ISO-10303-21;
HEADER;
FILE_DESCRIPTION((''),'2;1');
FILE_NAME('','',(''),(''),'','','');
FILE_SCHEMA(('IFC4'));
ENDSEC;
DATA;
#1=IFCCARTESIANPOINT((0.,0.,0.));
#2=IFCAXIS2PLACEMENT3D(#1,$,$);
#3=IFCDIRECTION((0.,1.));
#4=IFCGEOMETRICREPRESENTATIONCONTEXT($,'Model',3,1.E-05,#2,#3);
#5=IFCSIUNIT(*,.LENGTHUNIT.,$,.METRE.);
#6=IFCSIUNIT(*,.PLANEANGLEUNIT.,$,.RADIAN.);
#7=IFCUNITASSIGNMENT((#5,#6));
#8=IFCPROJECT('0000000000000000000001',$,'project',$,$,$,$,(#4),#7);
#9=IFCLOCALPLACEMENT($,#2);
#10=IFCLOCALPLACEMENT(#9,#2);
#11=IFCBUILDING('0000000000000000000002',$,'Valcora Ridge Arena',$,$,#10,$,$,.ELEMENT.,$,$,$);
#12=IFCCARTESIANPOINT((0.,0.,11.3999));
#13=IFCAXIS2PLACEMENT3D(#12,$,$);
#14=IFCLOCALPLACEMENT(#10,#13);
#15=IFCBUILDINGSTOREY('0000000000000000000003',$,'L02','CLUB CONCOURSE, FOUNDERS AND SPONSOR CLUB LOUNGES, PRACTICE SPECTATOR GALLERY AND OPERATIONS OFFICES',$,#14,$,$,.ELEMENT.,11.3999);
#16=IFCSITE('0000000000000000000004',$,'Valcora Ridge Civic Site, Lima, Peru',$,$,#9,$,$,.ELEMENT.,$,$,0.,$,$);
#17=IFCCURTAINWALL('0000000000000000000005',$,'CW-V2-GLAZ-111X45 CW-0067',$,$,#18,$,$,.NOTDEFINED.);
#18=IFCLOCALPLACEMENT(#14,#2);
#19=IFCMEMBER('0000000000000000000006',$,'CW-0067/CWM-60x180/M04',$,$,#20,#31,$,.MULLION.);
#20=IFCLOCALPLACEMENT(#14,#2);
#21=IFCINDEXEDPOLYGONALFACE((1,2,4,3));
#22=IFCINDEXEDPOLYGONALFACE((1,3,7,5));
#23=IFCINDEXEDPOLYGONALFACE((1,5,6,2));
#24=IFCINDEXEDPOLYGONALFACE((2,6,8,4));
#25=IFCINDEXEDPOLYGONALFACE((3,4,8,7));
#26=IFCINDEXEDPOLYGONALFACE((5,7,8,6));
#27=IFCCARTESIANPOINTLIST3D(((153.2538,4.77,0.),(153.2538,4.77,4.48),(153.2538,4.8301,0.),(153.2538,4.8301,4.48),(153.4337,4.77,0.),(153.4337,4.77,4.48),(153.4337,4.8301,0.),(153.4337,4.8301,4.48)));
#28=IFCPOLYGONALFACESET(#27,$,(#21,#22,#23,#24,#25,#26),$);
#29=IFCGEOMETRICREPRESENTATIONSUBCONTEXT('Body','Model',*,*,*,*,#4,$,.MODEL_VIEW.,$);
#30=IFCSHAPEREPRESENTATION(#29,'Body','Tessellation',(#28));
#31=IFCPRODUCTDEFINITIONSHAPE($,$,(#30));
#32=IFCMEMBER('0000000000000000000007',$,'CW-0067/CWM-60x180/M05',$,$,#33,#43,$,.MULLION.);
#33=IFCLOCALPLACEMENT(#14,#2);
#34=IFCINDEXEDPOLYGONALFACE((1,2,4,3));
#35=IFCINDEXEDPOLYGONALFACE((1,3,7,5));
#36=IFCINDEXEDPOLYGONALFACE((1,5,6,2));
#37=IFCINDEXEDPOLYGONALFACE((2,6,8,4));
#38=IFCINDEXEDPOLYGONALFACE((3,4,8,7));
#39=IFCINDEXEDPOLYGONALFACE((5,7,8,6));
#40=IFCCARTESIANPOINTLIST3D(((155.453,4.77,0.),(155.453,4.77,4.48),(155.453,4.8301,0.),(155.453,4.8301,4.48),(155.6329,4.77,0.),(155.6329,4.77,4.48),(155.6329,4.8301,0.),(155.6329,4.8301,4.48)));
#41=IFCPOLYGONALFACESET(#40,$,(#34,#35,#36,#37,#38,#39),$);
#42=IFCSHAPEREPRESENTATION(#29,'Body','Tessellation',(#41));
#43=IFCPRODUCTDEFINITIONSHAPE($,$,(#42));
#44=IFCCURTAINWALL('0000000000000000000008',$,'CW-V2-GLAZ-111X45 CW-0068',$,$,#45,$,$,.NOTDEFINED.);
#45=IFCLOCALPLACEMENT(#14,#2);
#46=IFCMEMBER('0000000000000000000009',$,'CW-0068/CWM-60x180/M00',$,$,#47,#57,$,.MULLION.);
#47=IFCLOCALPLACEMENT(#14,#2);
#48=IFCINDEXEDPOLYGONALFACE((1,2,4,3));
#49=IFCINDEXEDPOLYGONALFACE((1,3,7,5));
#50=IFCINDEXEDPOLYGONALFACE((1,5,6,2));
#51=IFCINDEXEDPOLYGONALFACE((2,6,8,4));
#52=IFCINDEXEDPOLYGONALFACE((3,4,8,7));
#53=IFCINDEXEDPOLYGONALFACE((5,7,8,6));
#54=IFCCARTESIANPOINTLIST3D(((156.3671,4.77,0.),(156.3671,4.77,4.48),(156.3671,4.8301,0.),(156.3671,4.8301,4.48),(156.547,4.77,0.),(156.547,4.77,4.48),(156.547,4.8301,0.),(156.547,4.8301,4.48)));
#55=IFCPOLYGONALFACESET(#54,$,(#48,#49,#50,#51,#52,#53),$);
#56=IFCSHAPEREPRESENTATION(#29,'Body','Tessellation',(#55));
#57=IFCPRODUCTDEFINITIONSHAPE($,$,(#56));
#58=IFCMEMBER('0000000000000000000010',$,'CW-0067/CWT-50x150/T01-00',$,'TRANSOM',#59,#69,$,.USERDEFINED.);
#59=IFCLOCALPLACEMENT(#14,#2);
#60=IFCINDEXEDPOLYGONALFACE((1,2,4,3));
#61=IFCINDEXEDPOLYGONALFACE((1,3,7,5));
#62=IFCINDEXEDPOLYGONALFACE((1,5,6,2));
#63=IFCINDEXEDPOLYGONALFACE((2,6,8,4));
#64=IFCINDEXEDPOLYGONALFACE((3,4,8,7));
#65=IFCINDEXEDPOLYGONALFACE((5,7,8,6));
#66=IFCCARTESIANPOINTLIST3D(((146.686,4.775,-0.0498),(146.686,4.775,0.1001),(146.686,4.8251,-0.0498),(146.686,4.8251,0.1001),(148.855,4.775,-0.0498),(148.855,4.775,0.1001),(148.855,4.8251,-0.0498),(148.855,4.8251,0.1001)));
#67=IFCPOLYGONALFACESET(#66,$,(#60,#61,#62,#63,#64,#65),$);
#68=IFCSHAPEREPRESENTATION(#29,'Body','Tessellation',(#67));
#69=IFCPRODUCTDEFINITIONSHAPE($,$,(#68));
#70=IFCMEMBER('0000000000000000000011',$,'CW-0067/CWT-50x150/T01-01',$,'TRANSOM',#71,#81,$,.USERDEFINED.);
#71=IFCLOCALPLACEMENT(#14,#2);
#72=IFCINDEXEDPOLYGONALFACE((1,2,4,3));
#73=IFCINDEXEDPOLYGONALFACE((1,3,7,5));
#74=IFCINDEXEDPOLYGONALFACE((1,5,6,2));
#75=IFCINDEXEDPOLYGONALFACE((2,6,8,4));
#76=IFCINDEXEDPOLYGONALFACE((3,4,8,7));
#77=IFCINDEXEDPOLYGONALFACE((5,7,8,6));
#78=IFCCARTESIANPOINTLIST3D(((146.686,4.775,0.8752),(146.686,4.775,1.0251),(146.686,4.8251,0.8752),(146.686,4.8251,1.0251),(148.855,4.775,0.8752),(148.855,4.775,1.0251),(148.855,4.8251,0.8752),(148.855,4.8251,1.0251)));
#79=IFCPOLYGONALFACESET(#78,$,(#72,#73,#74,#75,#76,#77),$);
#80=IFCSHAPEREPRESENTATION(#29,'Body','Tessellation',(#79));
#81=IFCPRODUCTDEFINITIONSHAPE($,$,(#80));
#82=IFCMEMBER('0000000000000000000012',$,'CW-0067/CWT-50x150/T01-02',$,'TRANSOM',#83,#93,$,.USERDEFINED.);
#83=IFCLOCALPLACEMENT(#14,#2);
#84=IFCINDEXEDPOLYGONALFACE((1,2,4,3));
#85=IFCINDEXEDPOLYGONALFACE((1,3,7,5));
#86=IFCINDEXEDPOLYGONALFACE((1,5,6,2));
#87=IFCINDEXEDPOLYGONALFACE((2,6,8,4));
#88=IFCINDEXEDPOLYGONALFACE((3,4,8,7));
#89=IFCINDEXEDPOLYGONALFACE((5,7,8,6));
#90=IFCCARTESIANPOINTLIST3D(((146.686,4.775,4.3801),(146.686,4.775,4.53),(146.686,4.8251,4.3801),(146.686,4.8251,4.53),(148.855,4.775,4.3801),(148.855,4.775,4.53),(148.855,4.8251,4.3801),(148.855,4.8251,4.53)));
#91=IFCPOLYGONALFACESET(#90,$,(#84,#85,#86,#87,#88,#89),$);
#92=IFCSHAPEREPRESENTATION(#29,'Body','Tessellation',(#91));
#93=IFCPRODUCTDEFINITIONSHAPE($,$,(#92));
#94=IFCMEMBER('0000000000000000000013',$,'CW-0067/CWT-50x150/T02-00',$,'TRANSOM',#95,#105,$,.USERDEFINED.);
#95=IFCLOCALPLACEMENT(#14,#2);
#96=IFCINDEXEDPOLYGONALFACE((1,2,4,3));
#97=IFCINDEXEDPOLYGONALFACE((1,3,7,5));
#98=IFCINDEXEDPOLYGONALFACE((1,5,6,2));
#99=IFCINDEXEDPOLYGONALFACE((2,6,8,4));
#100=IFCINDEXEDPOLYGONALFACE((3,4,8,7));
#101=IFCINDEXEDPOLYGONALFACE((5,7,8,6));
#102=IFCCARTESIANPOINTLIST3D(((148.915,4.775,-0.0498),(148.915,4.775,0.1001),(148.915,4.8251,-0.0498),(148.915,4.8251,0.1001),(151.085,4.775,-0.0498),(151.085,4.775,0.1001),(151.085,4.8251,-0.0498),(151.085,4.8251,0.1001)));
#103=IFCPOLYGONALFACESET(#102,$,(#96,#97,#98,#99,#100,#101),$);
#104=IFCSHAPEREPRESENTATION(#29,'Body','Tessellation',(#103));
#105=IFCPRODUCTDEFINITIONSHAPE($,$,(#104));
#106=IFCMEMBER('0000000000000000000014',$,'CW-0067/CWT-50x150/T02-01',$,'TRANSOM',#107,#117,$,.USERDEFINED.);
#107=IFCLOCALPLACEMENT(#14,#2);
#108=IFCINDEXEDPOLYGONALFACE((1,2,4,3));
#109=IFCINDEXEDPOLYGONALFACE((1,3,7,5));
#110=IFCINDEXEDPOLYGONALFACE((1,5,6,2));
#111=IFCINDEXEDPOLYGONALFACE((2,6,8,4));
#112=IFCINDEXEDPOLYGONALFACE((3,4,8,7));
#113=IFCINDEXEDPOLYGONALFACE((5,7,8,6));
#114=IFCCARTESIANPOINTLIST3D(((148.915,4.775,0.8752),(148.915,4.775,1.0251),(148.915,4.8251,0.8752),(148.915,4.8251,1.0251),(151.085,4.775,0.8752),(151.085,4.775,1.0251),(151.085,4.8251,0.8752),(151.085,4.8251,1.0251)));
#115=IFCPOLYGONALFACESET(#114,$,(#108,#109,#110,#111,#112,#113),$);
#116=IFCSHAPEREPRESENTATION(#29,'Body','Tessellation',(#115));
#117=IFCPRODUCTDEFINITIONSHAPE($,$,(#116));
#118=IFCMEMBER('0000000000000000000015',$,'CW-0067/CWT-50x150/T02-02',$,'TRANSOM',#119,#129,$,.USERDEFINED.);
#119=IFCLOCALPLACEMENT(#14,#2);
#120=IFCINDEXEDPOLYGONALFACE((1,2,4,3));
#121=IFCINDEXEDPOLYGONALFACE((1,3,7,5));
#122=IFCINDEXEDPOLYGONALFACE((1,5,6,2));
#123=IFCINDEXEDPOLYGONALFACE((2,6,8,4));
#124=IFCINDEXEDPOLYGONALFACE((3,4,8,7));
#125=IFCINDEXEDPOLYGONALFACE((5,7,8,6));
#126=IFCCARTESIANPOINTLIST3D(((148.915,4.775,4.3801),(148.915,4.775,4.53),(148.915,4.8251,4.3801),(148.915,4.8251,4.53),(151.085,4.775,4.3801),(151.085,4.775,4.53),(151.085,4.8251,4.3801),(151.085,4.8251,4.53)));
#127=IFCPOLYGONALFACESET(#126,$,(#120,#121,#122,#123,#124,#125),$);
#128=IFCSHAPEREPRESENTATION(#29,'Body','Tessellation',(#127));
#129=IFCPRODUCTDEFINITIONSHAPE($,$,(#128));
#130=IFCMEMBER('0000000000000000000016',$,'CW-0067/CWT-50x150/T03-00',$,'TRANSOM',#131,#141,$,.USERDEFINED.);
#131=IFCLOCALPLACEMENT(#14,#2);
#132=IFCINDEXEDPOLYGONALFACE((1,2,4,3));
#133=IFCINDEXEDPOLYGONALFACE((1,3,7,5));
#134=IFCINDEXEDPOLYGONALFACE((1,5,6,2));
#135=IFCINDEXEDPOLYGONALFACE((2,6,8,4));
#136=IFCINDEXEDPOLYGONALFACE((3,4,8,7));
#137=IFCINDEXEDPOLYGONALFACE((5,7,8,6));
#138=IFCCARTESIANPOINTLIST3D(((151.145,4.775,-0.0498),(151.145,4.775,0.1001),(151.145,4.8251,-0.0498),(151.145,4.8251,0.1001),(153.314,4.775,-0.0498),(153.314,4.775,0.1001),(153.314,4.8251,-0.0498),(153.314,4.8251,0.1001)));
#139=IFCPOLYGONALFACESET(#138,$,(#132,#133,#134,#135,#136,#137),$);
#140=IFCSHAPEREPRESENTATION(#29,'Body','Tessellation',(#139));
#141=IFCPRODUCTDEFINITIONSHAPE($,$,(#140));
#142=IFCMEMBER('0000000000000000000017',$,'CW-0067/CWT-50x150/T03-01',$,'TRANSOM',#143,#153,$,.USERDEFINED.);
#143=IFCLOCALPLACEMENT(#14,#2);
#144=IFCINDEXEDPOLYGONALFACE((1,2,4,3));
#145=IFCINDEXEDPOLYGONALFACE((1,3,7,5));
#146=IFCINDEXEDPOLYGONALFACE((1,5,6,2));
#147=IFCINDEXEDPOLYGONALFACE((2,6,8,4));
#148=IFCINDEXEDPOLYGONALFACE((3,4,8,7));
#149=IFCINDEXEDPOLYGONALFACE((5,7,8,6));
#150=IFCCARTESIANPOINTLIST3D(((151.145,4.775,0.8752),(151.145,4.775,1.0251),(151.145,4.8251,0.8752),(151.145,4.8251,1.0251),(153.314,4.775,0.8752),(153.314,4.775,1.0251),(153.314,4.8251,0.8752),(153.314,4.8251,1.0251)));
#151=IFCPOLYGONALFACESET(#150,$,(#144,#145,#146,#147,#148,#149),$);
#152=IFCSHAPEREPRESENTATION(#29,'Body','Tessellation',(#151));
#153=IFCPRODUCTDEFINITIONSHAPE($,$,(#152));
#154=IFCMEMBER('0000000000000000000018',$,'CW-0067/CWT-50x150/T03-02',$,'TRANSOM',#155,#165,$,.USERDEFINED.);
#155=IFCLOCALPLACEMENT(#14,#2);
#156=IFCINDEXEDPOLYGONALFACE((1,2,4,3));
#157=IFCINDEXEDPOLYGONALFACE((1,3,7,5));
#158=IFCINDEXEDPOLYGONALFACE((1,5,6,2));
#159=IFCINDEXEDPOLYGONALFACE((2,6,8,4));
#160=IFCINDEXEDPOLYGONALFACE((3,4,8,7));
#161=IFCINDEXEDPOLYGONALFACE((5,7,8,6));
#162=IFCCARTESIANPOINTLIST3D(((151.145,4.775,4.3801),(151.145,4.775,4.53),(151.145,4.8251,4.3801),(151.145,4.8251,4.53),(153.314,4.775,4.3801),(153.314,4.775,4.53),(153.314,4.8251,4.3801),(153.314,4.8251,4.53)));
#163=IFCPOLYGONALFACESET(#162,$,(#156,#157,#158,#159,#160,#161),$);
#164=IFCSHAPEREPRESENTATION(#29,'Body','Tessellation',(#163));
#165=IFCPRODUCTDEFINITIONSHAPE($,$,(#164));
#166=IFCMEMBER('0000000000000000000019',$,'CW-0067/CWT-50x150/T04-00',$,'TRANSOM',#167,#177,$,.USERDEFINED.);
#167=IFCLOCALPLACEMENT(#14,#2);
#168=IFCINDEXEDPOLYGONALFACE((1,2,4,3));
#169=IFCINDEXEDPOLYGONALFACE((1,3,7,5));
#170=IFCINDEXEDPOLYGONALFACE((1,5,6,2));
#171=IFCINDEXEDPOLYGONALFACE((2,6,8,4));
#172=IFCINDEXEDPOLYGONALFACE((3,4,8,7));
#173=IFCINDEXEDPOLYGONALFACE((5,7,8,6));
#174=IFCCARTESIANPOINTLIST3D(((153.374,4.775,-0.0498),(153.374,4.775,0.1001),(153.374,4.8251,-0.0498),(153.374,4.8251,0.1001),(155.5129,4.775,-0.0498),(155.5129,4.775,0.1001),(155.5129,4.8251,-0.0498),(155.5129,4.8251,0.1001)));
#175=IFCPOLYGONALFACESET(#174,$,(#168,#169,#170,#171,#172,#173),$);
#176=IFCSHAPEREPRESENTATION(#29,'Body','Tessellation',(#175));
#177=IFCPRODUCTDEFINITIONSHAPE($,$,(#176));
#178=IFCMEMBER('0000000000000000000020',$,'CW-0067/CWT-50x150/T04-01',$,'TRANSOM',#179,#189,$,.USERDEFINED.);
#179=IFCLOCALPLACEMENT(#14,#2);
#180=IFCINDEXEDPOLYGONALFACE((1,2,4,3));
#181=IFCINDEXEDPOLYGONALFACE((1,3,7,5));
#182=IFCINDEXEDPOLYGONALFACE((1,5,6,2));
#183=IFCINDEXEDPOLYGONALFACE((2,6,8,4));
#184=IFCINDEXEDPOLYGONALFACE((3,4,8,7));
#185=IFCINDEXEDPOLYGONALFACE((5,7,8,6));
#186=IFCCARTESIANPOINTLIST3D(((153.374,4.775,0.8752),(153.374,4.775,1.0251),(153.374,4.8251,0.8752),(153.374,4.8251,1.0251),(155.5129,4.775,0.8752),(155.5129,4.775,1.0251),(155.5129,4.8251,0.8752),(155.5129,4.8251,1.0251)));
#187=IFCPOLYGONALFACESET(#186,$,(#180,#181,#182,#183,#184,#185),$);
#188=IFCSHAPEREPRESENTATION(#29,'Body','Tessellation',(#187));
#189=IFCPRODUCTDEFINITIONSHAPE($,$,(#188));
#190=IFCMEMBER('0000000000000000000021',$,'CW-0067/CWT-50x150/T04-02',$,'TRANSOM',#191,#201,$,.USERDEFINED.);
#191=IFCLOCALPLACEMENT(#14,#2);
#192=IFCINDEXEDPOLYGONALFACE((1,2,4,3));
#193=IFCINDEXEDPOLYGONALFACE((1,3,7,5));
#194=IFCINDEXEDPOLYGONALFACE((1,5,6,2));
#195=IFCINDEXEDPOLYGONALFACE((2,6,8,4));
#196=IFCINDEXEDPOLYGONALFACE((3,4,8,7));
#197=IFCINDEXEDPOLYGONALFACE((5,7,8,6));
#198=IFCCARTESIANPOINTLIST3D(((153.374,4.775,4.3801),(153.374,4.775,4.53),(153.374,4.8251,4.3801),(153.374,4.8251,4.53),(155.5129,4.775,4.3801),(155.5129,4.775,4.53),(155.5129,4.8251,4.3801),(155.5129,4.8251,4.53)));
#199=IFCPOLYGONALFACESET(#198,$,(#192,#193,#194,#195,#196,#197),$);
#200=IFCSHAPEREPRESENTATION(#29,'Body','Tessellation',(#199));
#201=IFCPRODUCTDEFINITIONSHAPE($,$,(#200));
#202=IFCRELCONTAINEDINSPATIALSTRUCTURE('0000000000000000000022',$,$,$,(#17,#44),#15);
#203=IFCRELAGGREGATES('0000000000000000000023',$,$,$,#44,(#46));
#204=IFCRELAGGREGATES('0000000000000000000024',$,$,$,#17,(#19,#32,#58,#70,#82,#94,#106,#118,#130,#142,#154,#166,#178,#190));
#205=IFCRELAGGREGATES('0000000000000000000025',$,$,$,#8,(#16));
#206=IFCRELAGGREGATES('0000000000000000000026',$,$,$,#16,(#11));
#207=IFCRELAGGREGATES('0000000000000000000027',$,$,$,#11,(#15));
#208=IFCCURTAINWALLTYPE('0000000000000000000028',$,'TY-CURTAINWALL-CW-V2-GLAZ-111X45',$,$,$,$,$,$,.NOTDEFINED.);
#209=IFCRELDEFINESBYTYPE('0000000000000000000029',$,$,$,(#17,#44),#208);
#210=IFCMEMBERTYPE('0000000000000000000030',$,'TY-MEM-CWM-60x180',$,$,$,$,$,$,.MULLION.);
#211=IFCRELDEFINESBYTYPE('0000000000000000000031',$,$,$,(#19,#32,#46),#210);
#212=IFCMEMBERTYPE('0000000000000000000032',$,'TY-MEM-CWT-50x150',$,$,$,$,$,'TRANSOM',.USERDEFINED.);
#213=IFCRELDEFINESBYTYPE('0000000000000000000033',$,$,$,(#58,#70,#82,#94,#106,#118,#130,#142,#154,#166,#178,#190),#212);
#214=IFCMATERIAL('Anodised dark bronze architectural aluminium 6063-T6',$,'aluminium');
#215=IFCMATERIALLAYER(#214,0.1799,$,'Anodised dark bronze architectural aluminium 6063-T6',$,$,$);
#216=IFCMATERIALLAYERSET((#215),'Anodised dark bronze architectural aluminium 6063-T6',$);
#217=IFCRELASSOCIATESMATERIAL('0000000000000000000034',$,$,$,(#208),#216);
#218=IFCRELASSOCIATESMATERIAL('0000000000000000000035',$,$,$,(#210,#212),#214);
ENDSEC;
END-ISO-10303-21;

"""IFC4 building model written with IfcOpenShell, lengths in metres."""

from ifc_helpers import new_model, si_unit, direction, frame, origin, origin_2d, place, context, subcontext, project, spatial, rectangle, extrude, material, layer, layer_set, material_profile, profile_set, type_object, element, aggregate, save


model = new_model("IFC4")

# Units and contexts
model_context = context("Model", 3, precision=1e-05, world=origin(), true_north=direction((0.0, 1.0)))
body_context = subcontext(model_context, "Body", "Model", "MODEL_VIEW")
ifc_project = project(units=[si_unit("LENGTHUNIT", "METRE"), si_unit("PLANEANGLEUNIT", "RADIAN")], contexts=[model_context])

# Site, building, storey
site_placement = place(None, origin())
site = spatial("IfcSite", under=ifc_project, at=site_placement, Name="Valcora Ridge Civic Site, Lima, Peru", CompositionType="ELEMENT", RefElevation=0.0)
building_placement = place(site_placement, origin())
building = spatial("IfcBuilding", under=site, at=building_placement, Name="Valcora Ridge Arena", CompositionType="ELEMENT")
storey_placement = place(building_placement, frame((0.0, 0.0, 11.3999)))
storey = spatial("IfcBuildingStorey", under=building, at=storey_placement, Name="L02", Description="CLUB CONCOURSE, FOUNDERS AND SPONSOR CLUB LOUNGES, PRACTICE SPECTATOR GALLERY AND OPERATIONS OFFICES", CompositionType="ELEMENT", Elevation=11.3999)

# Curtain wall, members
ifc_material_1 = material(Name="Anodised dark bronze architectural aluminium 6063-T6", Category="aluminium")
ifc_layer_1 = layer(ifc_material_1, 0.1799, Name="Anodised dark bronze architectural aluminium 6063-T6")
ifc_layer_set_1 = layer_set([ifc_layer_1], Name="Anodised dark bronze architectural aluminium 6063-T6")
curtain_wall_type = type_object("IfcCurtainWallType", Name="TY-CURTAINWALL-CW-V2-GLAZ-111X45", PredefinedType="NOTDEFINED", material=ifc_layer_set_1)
curtain_wall_1_placement = place(storey_placement, origin())
curtain_wall_1 = element("IfcCurtainWall", 1, at=curtain_wall_1_placement, inside=storey, type_object=curtain_wall_type, Name="CW-V2-GLAZ-111X45 CW-0067", PredefinedType="NOTDEFINED")
ifc_material_profile_1 = material_profile(ifc_material_1, rectangle(XDim=0.0601, YDim=0.1799, at=origin_2d()), Name="ALU MULLION 60x180")
ifc_profile_set_1 = profile_set([ifc_material_profile_1], Name="Anodised dark bronze architectural aluminium 6063-T6")
member_type_1 = type_object("IfcMemberType", Name="TY-MEM-CWM-60x180", PredefinedType="MULLION", material=ifc_profile_set_1)
member_1_placement = place(storey_placement, frame((153.3438, 4.8, 0.0), z_axis=(0.0, 0.0, 1.0), x_axis=(0.0, 1.0, 0.0)))
member_1 = element("IfcMember", 2, at=member_1_placement, type_object=member_type_1, Name="CW-0067/CWM-60x180/M04", PredefinedType="MULLION", context=body_context, shape_type="SweptSolid", body=[
    extrude(rectangle(XDim=0.0601, YDim=0.1799, at=origin_2d()), origin(), (0.0, 0.0, 1.0), 4.48),
])
member_2_placement = place(storey_placement, frame((155.543, 4.8, 0.0), z_axis=(0.0, 0.0, 1.0), x_axis=(0.0, 1.0, 0.0)))
member_2 = element("IfcMember", 3, at=member_2_placement, type_object=member_type_1, Name="CW-0067/CWM-60x180/M05", PredefinedType="MULLION", context=body_context, shape_type="SweptSolid", body=[
    extrude(rectangle(XDim=0.0601, YDim=0.1799, at=origin_2d()), origin(), (0.0, 0.0, 1.0), 4.48),
])

# Curtain wall, member
curtain_wall_2_placement = place(storey_placement, origin())
curtain_wall_2 = element("IfcCurtainWall", 4, at=curtain_wall_2_placement, inside=storey, type_object=curtain_wall_type, Name="CW-V2-GLAZ-111X45 CW-0068", PredefinedType="NOTDEFINED")
member_3_placement = place(storey_placement, frame((156.457, 4.8, 0.0), z_axis=(0.0, 0.0, 1.0), x_axis=(0.0, 1.0, 0.0)))
member_3 = element("IfcMember", 5, at=member_3_placement, type_object=member_type_1, Name="CW-0068/CWM-60x180/M00", PredefinedType="MULLION", context=body_context, shape_type="SweptSolid", body=[
    extrude(rectangle(XDim=0.0601, YDim=0.1799, at=origin_2d()), origin(), (0.0, 0.0, 1.0), 4.48),
])

# Members
ifc_material_profile_2 = material_profile(ifc_material_1, rectangle(XDim=0.05, YDim=0.1499, at=origin_2d()), Name="ALU TRANSOM 50x150")
ifc_profile_set_2 = profile_set([ifc_material_profile_2], Name="Anodised dark bronze architectural aluminium 6063-T6")
member_type_2 = type_object("IfcMemberType", Name="TY-MEM-CWT-50x150", ElementType="TRANSOM", PredefinedType="USERDEFINED", material=ifc_profile_set_2)
member_4_placement = place(storey_placement, frame((146.686, 4.8, 0.0251), z_axis=(1.0, 0.0, 0.0), x_axis=(0.0, 1.0, 0.0)))
member_4 = element("IfcMember", 6, at=member_4_placement, type_object=member_type_2, Name="CW-0067/CWT-50x150/T01-00", ObjectType="TRANSOM", PredefinedType="USERDEFINED", context=body_context, shape_type="SweptSolid", body=[
    extrude(rectangle(XDim=0.05, YDim=0.1499, at=origin_2d()), origin(), (0.0, 0.0, 1.0), 2.1689),
])
member_5_placement = place(storey_placement, frame((146.686, 4.8, 0.9502), z_axis=(1.0, 0.0, 0.0), x_axis=(0.0, 1.0, 0.0)))
member_5 = element("IfcMember", 7, at=member_5_placement, type_object=member_type_2, Name="CW-0067/CWT-50x150/T01-01", ObjectType="TRANSOM", PredefinedType="USERDEFINED", context=body_context, shape_type="SweptSolid", body=[
    extrude(rectangle(XDim=0.05, YDim=0.1499, at=origin_2d()), origin(), (0.0, 0.0, 1.0), 2.1689),
])
member_6_placement = place(storey_placement, frame((146.686, 4.8, 4.4551), z_axis=(1.0, 0.0, 0.0), x_axis=(0.0, 1.0, 0.0)))
member_6 = element("IfcMember", 8, at=member_6_placement, type_object=member_type_2, Name="CW-0067/CWT-50x150/T01-02", ObjectType="TRANSOM", PredefinedType="USERDEFINED", context=body_context, shape_type="SweptSolid", body=[
    extrude(rectangle(XDim=0.05, YDim=0.1499, at=origin_2d()), origin(), (0.0, 0.0, 1.0), 2.1689),
])
member_7_placement = place(storey_placement, frame((148.915, 4.8, 0.0251), z_axis=(1.0, 0.0, 0.0), x_axis=(0.0, 1.0, 0.0)))
member_7 = element("IfcMember", 9, at=member_7_placement, type_object=member_type_2, Name="CW-0067/CWT-50x150/T02-00", ObjectType="TRANSOM", PredefinedType="USERDEFINED", context=body_context, shape_type="SweptSolid", body=[
    extrude(rectangle(XDim=0.05, YDim=0.1499, at=origin_2d()), origin(), (0.0, 0.0, 1.0), 2.1699),
])
member_8_placement = place(storey_placement, frame((148.915, 4.8, 0.9502), z_axis=(1.0, 0.0, 0.0), x_axis=(0.0, 1.0, 0.0)))
member_8 = element("IfcMember", 10, at=member_8_placement, type_object=member_type_2, Name="CW-0067/CWT-50x150/T02-01", ObjectType="TRANSOM", PredefinedType="USERDEFINED", context=body_context, shape_type="SweptSolid", body=[
    extrude(rectangle(XDim=0.05, YDim=0.1499, at=origin_2d()), origin(), (0.0, 0.0, 1.0), 2.1699),
])
member_9_placement = place(storey_placement, frame((148.915, 4.8, 4.4551), z_axis=(1.0, 0.0, 0.0), x_axis=(0.0, 1.0, 0.0)))
member_9 = element("IfcMember", 11, at=member_9_placement, type_object=member_type_2, Name="CW-0067/CWT-50x150/T02-02", ObjectType="TRANSOM", PredefinedType="USERDEFINED", context=body_context, shape_type="SweptSolid", body=[
    extrude(rectangle(XDim=0.05, YDim=0.1499, at=origin_2d()), origin(), (0.0, 0.0, 1.0), 2.1699),
])
member_10_placement = place(storey_placement, frame((151.145, 4.8, 0.0251), z_axis=(1.0, 0.0, 0.0), x_axis=(0.0, 1.0, 0.0)))
member_10 = element("IfcMember", 12, at=member_10_placement, type_object=member_type_2, Name="CW-0067/CWT-50x150/T03-00", ObjectType="TRANSOM", PredefinedType="USERDEFINED", context=body_context, shape_type="SweptSolid", body=[
    extrude(rectangle(XDim=0.05, YDim=0.1499, at=origin_2d()), origin(), (0.0, 0.0, 1.0), 2.1689),
])
member_11_placement = place(storey_placement, frame((151.145, 4.8, 0.9502), z_axis=(1.0, 0.0, 0.0), x_axis=(0.0, 1.0, 0.0)))
member_11 = element("IfcMember", 13, at=member_11_placement, type_object=member_type_2, Name="CW-0067/CWT-50x150/T03-01", ObjectType="TRANSOM", PredefinedType="USERDEFINED", context=body_context, shape_type="SweptSolid", body=[
    extrude(rectangle(XDim=0.05, YDim=0.1499, at=origin_2d()), origin(), (0.0, 0.0, 1.0), 2.1689),
])
member_12_placement = place(storey_placement, frame((151.145, 4.8, 4.4551), z_axis=(1.0, 0.0, 0.0), x_axis=(0.0, 1.0, 0.0)))
member_12 = element("IfcMember", 14, at=member_12_placement, type_object=member_type_2, Name="CW-0067/CWT-50x150/T03-02", ObjectType="TRANSOM", PredefinedType="USERDEFINED", context=body_context, shape_type="SweptSolid", body=[
    extrude(rectangle(XDim=0.05, YDim=0.1499, at=origin_2d()), origin(), (0.0, 0.0, 1.0), 2.1689),
])
member_13_placement = place(storey_placement, frame((153.374, 4.8, 0.0251), z_axis=(1.0, 0.0, 0.0), x_axis=(0.0, 1.0, 0.0)))
member_13 = element("IfcMember", 15, at=member_13_placement, type_object=member_type_2, Name="CW-0067/CWT-50x150/T04-00", ObjectType="TRANSOM", PredefinedType="USERDEFINED", context=body_context, shape_type="SweptSolid", body=[
    extrude(rectangle(XDim=0.05, YDim=0.1499, at=origin_2d()), origin(), (0.0, 0.0, 1.0), 2.1389),
])
member_14_placement = place(storey_placement, frame((153.374, 4.8, 0.9502), z_axis=(1.0, 0.0, 0.0), x_axis=(0.0, 1.0, 0.0)))
member_14 = element("IfcMember", 16, at=member_14_placement, type_object=member_type_2, Name="CW-0067/CWT-50x150/T04-01", ObjectType="TRANSOM", PredefinedType="USERDEFINED", context=body_context, shape_type="SweptSolid", body=[
    extrude(rectangle(XDim=0.05, YDim=0.1499, at=origin_2d()), origin(), (0.0, 0.0, 1.0), 2.1389),
])
member_15_placement = place(storey_placement, frame((153.374, 4.8, 4.4551), z_axis=(1.0, 0.0, 0.0), x_axis=(0.0, 1.0, 0.0)))
member_15 = element("IfcMember", 17, at=member_15_placement, type_object=member_type_2, Name="CW-0067/CWT-50x150/T04-02", ObjectType="TRANSOM", PredefinedType="USERDEFINED", context=body_context, shape_type="SweptSolid", body=[
    extrude(rectangle(XDim=0.05, YDim=0.1499, at=origin_2d()), origin(), (0.0, 0.0, 1.0), 2.1389),
])

aggregate(curtain_wall_2, [member_3])
aggregate(curtain_wall_1, [member_1, member_2, member_4, member_5, member_6, member_7, member_8, member_9, member_10, member_11, member_12, member_13, member_14, member_15])

save(model, "model.ifc")
